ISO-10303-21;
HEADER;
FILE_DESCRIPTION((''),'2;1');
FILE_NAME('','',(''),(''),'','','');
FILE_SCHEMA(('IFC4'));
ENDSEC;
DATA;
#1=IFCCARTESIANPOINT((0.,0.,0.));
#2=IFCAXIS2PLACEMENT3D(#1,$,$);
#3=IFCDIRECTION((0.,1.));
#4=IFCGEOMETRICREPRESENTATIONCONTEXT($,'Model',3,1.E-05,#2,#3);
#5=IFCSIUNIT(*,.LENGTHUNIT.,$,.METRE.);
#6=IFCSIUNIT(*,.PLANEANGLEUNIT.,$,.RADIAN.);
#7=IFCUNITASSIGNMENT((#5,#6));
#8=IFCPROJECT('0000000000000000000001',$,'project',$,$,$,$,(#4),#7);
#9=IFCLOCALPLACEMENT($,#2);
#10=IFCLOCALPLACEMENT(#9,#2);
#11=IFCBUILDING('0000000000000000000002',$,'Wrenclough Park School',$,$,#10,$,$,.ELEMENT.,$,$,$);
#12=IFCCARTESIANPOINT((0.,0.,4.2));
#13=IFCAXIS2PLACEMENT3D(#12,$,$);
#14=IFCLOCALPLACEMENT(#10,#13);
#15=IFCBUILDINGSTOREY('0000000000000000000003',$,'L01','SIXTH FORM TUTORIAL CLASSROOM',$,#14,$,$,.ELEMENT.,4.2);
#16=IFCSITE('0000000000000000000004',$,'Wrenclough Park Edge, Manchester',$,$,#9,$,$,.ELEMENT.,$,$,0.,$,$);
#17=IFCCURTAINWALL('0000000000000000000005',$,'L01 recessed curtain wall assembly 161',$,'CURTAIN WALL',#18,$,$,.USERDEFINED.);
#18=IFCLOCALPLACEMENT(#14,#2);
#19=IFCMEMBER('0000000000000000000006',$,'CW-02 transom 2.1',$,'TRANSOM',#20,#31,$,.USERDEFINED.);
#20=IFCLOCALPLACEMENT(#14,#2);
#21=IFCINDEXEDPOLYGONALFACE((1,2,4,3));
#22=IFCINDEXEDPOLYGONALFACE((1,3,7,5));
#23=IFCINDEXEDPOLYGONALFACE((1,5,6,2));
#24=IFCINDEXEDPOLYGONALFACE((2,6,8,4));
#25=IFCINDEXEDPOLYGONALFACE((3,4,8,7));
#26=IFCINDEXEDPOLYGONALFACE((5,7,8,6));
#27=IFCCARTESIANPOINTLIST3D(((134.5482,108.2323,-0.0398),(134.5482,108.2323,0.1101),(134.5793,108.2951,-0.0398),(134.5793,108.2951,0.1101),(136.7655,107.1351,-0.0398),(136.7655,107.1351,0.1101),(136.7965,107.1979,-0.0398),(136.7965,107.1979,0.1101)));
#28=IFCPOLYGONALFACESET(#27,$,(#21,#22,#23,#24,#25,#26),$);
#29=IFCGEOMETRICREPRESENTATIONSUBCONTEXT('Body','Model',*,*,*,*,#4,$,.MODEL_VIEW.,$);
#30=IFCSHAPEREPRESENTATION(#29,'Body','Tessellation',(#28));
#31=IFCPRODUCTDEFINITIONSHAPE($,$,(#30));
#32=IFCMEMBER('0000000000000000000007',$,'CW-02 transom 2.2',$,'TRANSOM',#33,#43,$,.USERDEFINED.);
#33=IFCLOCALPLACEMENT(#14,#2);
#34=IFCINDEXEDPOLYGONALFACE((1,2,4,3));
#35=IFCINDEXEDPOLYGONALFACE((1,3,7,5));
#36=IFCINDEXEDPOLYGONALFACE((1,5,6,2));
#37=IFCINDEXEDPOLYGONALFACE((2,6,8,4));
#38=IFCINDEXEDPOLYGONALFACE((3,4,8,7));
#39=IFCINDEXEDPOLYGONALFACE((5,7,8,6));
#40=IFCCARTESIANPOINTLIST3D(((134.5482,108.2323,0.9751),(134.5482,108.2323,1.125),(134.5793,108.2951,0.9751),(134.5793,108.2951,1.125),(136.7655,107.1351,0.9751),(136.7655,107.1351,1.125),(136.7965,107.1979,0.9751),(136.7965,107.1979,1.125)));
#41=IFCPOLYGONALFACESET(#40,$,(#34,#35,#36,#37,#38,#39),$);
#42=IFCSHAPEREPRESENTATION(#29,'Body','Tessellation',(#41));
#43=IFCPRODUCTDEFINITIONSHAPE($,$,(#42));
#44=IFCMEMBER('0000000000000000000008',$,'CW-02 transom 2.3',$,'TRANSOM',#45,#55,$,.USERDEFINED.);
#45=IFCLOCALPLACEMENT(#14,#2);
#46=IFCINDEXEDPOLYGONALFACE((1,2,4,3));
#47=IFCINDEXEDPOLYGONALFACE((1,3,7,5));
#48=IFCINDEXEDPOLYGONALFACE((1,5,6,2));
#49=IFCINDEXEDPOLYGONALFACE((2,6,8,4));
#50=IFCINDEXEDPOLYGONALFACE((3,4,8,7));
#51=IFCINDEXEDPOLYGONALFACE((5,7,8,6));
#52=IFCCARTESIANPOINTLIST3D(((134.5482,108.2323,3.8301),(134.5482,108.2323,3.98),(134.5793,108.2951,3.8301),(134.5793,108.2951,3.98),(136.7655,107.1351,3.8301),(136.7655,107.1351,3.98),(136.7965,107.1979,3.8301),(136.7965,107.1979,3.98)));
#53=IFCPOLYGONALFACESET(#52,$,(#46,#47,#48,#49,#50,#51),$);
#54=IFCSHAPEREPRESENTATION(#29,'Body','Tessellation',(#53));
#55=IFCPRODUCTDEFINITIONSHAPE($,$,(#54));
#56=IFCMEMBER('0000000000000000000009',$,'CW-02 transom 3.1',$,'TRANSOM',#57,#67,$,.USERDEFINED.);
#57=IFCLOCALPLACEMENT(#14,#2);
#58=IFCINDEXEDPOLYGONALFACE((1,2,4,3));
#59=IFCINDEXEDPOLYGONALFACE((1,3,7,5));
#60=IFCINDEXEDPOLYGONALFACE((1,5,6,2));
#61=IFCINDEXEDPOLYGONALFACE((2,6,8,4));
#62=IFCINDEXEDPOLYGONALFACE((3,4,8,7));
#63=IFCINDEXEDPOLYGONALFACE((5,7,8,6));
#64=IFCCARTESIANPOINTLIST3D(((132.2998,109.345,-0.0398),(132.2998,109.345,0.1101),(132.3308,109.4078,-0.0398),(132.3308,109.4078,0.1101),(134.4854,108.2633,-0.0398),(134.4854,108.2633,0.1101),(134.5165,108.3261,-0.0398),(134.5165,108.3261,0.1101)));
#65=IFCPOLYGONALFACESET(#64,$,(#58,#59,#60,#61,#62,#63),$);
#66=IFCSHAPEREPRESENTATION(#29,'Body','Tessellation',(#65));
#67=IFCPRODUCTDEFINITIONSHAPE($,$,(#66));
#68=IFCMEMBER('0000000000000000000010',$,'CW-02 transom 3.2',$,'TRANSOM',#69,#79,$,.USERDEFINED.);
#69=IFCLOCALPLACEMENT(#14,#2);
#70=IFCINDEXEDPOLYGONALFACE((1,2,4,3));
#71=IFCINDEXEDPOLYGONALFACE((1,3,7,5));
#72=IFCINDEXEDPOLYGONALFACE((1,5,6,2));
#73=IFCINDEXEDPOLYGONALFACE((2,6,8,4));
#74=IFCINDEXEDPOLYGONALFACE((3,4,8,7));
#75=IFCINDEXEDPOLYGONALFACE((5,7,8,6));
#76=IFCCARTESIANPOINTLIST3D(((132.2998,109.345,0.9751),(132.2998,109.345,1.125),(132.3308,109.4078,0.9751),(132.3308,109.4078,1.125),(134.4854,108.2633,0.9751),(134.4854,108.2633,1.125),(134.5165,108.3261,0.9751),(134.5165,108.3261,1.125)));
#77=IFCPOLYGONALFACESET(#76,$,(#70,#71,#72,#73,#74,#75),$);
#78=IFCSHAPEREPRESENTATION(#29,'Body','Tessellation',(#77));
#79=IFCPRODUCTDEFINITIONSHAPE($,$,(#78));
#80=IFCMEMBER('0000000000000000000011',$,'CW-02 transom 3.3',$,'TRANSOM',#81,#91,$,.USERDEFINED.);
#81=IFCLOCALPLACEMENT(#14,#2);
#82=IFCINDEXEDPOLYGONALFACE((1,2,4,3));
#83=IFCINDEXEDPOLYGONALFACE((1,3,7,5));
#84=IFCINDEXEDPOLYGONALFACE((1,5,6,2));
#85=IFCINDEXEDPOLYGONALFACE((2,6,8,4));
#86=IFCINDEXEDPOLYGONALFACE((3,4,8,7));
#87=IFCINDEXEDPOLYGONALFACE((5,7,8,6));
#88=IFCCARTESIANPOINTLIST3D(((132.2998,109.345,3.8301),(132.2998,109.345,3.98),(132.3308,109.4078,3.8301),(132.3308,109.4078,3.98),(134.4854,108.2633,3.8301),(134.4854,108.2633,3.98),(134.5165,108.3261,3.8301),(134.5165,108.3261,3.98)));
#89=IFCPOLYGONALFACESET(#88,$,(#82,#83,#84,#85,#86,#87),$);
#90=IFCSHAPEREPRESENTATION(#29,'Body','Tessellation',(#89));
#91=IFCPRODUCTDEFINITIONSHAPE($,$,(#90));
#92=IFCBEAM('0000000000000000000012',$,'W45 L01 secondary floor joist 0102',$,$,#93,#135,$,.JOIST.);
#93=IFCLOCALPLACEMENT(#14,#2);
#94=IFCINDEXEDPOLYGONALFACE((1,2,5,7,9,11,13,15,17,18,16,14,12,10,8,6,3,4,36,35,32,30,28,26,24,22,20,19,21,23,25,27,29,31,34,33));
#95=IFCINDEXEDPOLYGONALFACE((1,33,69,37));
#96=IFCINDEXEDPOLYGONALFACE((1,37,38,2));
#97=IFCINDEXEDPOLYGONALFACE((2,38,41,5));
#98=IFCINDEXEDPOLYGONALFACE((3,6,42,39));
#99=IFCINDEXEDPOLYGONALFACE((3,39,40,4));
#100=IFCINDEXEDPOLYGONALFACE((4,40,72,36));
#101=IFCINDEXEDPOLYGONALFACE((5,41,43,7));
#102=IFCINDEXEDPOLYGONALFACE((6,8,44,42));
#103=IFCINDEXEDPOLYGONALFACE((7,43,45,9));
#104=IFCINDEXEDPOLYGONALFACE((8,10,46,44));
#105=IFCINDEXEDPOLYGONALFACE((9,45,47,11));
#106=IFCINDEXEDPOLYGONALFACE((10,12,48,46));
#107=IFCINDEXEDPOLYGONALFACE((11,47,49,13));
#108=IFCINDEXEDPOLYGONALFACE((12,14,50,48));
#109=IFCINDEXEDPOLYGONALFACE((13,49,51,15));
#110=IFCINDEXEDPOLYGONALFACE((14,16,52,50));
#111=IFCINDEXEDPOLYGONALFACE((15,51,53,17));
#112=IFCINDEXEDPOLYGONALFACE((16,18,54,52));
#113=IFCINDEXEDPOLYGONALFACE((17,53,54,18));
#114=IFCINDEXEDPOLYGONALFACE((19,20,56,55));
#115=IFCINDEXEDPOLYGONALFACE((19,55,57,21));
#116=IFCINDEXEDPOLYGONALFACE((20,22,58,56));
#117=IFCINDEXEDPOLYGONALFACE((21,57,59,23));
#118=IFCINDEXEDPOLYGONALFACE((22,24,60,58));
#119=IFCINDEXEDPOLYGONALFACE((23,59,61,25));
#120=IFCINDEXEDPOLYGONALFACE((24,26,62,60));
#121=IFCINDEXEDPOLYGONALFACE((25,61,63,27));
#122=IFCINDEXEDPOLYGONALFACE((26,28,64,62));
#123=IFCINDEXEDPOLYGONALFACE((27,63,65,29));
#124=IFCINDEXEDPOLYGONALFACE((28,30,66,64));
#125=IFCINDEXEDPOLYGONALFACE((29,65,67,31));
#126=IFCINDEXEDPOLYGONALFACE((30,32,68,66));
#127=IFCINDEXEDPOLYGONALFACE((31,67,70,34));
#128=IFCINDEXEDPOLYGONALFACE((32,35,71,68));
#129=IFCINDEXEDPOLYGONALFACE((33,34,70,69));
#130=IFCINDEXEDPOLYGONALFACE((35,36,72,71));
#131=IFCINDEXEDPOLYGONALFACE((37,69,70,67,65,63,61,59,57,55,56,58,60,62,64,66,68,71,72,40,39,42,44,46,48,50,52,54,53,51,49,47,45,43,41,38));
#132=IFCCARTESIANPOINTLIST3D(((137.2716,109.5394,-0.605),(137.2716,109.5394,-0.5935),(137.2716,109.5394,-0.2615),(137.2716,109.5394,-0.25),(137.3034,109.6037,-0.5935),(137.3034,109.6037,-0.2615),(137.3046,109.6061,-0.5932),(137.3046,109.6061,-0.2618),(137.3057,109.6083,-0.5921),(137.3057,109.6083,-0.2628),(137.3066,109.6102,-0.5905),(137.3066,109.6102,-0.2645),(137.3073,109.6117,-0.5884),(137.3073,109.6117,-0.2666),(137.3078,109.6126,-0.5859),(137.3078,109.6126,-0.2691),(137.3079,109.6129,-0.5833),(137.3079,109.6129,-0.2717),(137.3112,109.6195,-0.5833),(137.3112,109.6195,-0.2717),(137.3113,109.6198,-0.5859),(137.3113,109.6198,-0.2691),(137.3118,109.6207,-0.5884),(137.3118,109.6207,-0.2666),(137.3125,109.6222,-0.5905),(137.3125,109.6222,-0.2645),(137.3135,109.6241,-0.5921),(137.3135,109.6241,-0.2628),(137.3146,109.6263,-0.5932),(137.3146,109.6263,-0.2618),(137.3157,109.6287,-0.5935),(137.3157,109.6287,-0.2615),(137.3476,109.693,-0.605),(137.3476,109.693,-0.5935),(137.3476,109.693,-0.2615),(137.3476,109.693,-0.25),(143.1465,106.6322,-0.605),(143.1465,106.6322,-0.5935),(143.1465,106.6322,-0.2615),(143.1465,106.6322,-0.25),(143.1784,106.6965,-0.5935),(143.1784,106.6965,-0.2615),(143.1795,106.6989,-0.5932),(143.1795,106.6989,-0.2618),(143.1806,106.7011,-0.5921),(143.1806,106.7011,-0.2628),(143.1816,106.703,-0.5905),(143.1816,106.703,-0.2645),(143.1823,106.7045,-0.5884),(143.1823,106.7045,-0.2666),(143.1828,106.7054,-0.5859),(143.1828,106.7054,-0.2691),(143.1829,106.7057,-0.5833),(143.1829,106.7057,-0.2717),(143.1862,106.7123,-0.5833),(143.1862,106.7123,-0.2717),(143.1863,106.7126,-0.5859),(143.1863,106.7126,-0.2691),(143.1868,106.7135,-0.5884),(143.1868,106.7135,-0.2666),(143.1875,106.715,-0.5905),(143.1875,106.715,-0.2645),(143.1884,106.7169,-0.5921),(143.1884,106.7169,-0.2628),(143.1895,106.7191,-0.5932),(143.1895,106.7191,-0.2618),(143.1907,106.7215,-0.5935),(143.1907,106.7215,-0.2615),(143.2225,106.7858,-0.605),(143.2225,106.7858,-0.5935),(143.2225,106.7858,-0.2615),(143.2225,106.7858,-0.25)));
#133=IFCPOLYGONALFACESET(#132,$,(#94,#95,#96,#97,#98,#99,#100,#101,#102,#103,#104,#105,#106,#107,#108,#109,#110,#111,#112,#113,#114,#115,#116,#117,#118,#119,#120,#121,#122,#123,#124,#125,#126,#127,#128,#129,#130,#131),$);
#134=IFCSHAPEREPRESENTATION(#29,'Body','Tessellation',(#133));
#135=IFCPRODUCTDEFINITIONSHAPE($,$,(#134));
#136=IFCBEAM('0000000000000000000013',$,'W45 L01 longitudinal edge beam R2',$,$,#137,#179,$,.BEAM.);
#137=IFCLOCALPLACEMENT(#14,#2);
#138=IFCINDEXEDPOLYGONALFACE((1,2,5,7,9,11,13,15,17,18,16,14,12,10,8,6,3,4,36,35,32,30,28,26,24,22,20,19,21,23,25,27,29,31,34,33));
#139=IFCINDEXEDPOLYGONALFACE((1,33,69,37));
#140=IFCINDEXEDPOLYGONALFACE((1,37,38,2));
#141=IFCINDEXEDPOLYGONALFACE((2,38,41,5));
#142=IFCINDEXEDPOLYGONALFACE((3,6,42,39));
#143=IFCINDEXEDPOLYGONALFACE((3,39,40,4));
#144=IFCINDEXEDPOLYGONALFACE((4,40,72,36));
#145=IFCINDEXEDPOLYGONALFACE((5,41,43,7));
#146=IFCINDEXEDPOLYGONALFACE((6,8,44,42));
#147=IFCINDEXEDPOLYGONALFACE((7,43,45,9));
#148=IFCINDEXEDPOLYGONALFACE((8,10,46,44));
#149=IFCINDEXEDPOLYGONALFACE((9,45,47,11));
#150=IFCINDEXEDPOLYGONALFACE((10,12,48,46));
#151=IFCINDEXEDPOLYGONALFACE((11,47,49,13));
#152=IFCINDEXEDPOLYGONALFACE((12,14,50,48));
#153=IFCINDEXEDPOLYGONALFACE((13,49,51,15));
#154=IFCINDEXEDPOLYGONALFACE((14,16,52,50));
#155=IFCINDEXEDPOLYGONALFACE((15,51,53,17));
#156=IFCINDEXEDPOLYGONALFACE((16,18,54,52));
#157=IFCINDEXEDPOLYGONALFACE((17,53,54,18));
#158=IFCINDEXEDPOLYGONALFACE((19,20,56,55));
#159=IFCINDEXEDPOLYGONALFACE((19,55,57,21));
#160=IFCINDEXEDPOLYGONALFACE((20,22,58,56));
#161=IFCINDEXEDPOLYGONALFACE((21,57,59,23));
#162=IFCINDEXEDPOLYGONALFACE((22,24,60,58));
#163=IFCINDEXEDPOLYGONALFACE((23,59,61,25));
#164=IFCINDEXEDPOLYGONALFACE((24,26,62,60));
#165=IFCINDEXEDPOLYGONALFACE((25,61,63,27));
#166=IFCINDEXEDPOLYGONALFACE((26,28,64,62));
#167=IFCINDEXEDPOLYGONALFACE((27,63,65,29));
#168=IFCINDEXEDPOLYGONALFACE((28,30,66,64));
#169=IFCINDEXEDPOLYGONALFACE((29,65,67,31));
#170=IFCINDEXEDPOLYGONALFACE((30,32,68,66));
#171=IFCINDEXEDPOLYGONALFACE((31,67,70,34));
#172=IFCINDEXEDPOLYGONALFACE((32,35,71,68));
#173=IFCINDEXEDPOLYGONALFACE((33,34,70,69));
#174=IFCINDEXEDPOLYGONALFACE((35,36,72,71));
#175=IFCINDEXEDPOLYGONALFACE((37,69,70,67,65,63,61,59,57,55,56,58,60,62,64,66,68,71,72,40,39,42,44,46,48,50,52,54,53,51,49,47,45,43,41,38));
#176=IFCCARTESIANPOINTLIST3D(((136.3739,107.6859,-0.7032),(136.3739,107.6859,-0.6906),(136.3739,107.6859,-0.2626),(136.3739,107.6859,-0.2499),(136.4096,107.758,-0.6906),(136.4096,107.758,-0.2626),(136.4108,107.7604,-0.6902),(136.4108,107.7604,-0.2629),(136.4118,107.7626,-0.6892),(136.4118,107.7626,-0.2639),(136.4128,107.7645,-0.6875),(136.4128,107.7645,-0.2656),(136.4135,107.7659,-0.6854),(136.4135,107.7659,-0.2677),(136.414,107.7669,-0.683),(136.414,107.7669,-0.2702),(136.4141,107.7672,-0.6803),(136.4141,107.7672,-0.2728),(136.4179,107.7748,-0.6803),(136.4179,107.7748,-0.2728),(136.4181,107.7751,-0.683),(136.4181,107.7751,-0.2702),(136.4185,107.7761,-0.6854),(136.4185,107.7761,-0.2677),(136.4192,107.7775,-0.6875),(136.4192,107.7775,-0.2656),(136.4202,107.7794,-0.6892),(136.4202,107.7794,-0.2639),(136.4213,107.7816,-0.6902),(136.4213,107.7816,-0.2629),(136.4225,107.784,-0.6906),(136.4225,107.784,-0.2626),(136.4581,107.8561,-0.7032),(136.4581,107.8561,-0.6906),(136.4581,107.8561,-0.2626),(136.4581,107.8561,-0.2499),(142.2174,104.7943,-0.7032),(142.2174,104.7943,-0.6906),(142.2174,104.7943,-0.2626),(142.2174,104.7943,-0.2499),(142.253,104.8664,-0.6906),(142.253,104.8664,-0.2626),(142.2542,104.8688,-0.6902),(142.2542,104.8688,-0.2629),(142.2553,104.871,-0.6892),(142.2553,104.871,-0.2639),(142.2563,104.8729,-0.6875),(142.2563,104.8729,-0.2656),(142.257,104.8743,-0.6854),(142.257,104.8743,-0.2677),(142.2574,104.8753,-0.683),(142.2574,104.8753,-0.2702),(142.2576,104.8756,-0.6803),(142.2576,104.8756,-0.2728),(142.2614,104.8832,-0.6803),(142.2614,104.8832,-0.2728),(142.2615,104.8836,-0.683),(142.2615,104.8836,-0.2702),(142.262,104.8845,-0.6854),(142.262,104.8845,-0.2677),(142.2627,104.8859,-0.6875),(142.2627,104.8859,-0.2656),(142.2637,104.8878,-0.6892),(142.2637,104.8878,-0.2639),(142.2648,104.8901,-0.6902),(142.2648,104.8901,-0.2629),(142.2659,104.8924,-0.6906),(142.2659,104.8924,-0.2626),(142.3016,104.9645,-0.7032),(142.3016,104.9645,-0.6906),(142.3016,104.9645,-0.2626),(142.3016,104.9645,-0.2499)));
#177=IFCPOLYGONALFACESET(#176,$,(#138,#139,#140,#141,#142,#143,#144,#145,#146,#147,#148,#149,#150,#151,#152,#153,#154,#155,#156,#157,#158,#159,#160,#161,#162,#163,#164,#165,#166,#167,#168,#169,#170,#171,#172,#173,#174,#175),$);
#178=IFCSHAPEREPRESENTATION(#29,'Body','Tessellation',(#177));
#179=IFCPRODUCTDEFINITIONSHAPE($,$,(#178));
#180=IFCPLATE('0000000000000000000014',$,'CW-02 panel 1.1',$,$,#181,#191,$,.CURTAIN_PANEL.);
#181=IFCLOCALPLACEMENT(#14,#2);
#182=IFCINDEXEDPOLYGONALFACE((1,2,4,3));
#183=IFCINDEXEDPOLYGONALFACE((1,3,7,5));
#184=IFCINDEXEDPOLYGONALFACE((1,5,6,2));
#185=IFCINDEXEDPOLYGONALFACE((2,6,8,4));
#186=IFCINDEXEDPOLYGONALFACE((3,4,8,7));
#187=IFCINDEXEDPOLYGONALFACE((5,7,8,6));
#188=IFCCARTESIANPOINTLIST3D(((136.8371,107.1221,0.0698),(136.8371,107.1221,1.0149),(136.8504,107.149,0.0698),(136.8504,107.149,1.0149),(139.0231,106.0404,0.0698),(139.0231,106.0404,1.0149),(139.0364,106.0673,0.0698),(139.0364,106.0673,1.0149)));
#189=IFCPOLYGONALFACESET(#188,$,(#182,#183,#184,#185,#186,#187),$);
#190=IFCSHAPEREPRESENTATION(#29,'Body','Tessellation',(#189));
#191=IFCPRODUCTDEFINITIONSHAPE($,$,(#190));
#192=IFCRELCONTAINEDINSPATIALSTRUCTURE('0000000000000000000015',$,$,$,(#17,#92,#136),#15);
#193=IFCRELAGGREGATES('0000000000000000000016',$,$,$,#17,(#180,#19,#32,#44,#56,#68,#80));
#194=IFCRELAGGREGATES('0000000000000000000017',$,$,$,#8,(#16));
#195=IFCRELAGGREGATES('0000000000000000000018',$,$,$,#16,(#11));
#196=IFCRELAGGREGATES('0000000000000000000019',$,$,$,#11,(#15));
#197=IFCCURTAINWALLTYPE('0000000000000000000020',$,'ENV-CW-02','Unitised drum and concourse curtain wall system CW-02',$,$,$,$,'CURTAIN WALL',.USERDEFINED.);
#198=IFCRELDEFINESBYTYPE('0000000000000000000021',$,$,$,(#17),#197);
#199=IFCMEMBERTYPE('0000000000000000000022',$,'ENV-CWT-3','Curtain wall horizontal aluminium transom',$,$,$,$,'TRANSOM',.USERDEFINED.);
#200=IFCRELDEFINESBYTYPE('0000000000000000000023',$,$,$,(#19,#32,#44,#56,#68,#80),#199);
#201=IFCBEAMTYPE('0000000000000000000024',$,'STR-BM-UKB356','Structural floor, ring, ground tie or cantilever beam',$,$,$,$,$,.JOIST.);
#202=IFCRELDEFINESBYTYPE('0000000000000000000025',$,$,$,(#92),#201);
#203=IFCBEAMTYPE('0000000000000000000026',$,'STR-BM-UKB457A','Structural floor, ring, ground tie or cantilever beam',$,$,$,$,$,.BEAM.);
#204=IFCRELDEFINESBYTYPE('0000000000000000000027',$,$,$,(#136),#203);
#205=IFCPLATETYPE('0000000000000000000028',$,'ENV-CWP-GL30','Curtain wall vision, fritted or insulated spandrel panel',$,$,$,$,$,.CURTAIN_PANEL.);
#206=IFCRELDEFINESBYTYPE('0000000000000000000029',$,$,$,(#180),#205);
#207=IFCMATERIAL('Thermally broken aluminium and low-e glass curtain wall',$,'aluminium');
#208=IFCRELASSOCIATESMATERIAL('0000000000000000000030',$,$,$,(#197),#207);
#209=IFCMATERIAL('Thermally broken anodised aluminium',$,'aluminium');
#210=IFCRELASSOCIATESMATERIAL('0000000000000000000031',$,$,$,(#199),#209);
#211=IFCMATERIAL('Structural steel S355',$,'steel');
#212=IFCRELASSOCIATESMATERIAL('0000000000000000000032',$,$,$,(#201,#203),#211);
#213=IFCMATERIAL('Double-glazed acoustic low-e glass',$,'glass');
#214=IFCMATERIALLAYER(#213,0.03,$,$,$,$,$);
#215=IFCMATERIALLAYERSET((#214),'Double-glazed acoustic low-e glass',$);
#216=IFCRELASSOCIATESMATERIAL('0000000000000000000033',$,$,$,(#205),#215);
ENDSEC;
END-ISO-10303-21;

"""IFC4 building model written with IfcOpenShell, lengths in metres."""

from ifc_helpers import new_model, si_unit, direction, frame, origin, origin_2d, place, context, subcontext, project, spatial, rectangle, i_section, extrude, material, layer, layer_set, material_profile, profile_set, type_object, element, aggregate, save


model = new_model("IFC4")

# Units and contexts
model_context = context("Model", 3, precision=1e-05, world=origin(), true_north=direction((0.0, 1.0)))
body_context = subcontext(model_context, "Body", "Model", "MODEL_VIEW")
ifc_project = project(units=[si_unit("LENGTHUNIT", "METRE"), si_unit("PLANEANGLEUNIT", "RADIAN")], contexts=[model_context])

# Site, building, storey
site_placement = place(None, origin())
site = spatial("IfcSite", under=ifc_project, at=site_placement, Name="Wrenclough Park Edge, Manchester", CompositionType="ELEMENT", RefElevation=0.0)
building_placement = place(site_placement, origin())
building = spatial("IfcBuilding", under=site, at=building_placement, Name="Wrenclough Park School", CompositionType="ELEMENT")
storey_placement = place(building_placement, frame((0.0, 0.0, 4.2)))
storey = spatial("IfcBuildingStorey", under=building, at=storey_placement, Name="L01", Description="SIXTH FORM TUTORIAL CLASSROOM", CompositionType="ELEMENT", Elevation=4.2)

# Shared definitions
ifc_material_1 = material(Name="Structural steel S355", Category="steel")

# Curtain wall
ifc_material_2 = material(Name="Thermally broken aluminium and low-e glass curtain wall", Category="aluminium")
ifc_material_3 = material(Name="Thermally broken anodised aluminium", Category="aluminium")
curtain_wall_type_1 = type_object("IfcCurtainWallType", Name="ENV-CW-02", Description="Unitised drum and concourse curtain wall system CW-02", ElementType="CURTAIN WALL", PredefinedType="USERDEFINED", material=ifc_material_2)
curtain_wall_1_placement = place(storey_placement, origin())
curtain_wall_1 = element("IfcCurtainWall", 1, at=curtain_wall_1_placement, inside=storey, type_object=curtain_wall_type_1, Name="L01 recessed curtain wall assembly 161", ObjectType="CURTAIN WALL", PredefinedType="USERDEFINED")

# Members
ifc_material_profile_1 = material_profile(ifc_material_3, rectangle(XDim=0.0701, YDim=0.1499, at=origin_2d()), Name="AL TRANSOM 70x150")
ifc_profile_set_1 = profile_set([ifc_material_profile_1], Name="Thermally broken anodised aluminium")
member_type_1 = type_object("IfcMemberType", Name="ENV-CWT-3", Description="Curtain wall horizontal aluminium transom", ElementType="TRANSOM", PredefinedType="USERDEFINED", material=ifc_profile_set_1)
member_1_placement = place(storey_placement, frame((136.781, 107.1665, 0.0352), z_axis=(-0.896275, 0.443499, 0.0), x_axis=(-0.443499, -0.896275, 0.0)))
member_1 = element("IfcMember", 2, at=member_1_placement, type_object=member_type_1, Name="CW-02 transom 2.1", ObjectType="TRANSOM", PredefinedType="USERDEFINED", context=body_context, shape_type="SweptSolid", body=[
    extrude(rectangle(XDim=0.0701, YDim=0.1499, at=origin_2d()), origin(), (0.0, 0.0, 1.0), 2.4739),
])
member_2_placement = place(storey_placement, frame((136.781, 107.1665, 1.05), z_axis=(-0.896275, 0.443499, 0.0), x_axis=(-0.443499, -0.896275, 0.0)))
member_2 = element("IfcMember", 3, at=member_2_placement, type_object=member_type_1, Name="CW-02 transom 2.2", ObjectType="TRANSOM", PredefinedType="USERDEFINED", context=body_context, shape_type="SweptSolid", body=[
    extrude(rectangle(XDim=0.0701, YDim=0.1499, at=origin_2d()), origin(), (0.0, 0.0, 1.0), 2.4739),
])
member_3_placement = place(storey_placement, frame((136.781, 107.1665, 3.905), z_axis=(-0.896275, 0.443499, 0.0), x_axis=(-0.443499, -0.896275, 0.0)))
member_3 = element("IfcMember", 4, at=member_3_placement, type_object=member_type_1, Name="CW-02 transom 2.3", ObjectType="TRANSOM", PredefinedType="USERDEFINED", context=body_context, shape_type="SweptSolid", body=[
    extrude(rectangle(XDim=0.0701, YDim=0.1499, at=origin_2d()), origin(), (0.0, 0.0, 1.0), 2.4739),
])
member_4_placement = place(storey_placement, frame((134.501, 108.2947, 0.0352), z_axis=(-0.896242, 0.443566, 0.0), x_axis=(-0.443566, -0.896242, 0.0)))
member_4 = element("IfcMember", 5, at=member_4_placement, type_object=member_type_1, Name="CW-02 transom 3.1", ObjectType="TRANSOM", PredefinedType="USERDEFINED", context=body_context, shape_type="SweptSolid", body=[
    extrude(rectangle(XDim=0.0701, YDim=0.1499, at=origin_2d()), origin(), (0.0, 0.0, 1.0), 2.4387),
])
member_5_placement = place(storey_placement, frame((134.501, 108.2947, 1.05), z_axis=(-0.896242, 0.443566, 0.0), x_axis=(-0.443566, -0.896242, 0.0)))
member_5 = element("IfcMember", 6, at=member_5_placement, type_object=member_type_1, Name="CW-02 transom 3.2", ObjectType="TRANSOM", PredefinedType="USERDEFINED", context=body_context, shape_type="SweptSolid", body=[
    extrude(rectangle(XDim=0.0701, YDim=0.1499, at=origin_2d()), origin(), (0.0, 0.0, 1.0), 2.4387),
])
member_6_placement = place(storey_placement, frame((134.501, 108.2947, 3.905), z_axis=(-0.896242, 0.443566, 0.0), x_axis=(-0.443566, -0.896242, 0.0)))
member_6 = element("IfcMember", 7, at=member_6_placement, type_object=member_type_1, Name="CW-02 transom 3.3", ObjectType="TRANSOM", PredefinedType="USERDEFINED", context=body_context, shape_type="SweptSolid", body=[
    extrude(rectangle(XDim=0.0701, YDim=0.1499, at=origin_2d()), origin(), (0.0, 0.0, 1.0), 2.4387),
])

# Beams
ifc_material_profile_2 = material_profile(ifc_material_1, i_section(OverallWidth=0.1714, OverallDepth=0.355, WebThickness=0.0073, FlangeThickness=0.0115, FilletRadius=0.0103, at=origin_2d()), Name="UKB 356x171x51")
ifc_profile_set_2 = profile_set([ifc_material_profile_2], Name="Structural steel S355")
beam_type_1 = type_object("IfcBeamType", Name="STR-BM-UKB356", Description="Structural floor, ring, ground tie or cantilever beam", PredefinedType="JOIST", material=ifc_profile_set_2)
beam_1_placement = place(storey_placement, frame((137.3096, 109.6162, -0.4275), z_axis=(0.896267, -0.443515, 0.0), x_axis=(0.443515, 0.896267, 0.0)))
element("IfcBeam", 8, at=beam_1_placement, inside=storey, type_object=beam_type_1, Name="W45 L01 secondary floor joist 0102", PredefinedType="JOIST", context=body_context, shape_type="SweptSolid", body=[
    extrude(i_section(OverallWidth=0.1714, OverallDepth=0.355, WebThickness=0.0073, FlangeThickness=0.0115, FilletRadius=0.0103, at=origin_2d()), origin(), (0.0, 0.0, 1.0), 6.5549),
])
ifc_material_profile_3 = material_profile(ifc_material_1, i_section(OverallWidth=0.1899, OverallDepth=0.4534, WebThickness=0.0085, FlangeThickness=0.0127, FilletRadius=0.0103, at=origin_2d()), Name="UKB 457x191x67")
ifc_profile_set_3 = profile_set([ifc_material_profile_3], Name="Structural steel S355")
beam_type_2 = type_object("IfcBeamType", Name="STR-BM-UKB457A", Description="Structural floor, ring, ground tie or cantilever beam", PredefinedType="BEAM", material=ifc_profile_set_3)
beam_2_placement = place(storey_placement, frame((136.416, 107.771, -0.4766), z_axis=(0.896269, -0.44351, 0.0), x_axis=(0.44351, 0.896269, 0.0)))
element("IfcBeam", 9, at=beam_2_placement, inside=storey, type_object=beam_type_2, Name="W45 L01 longitudinal edge beam R2", PredefinedType="BEAM", context=body_context, shape_type="SweptSolid", body=[
    extrude(i_section(OverallWidth=0.1899, OverallDepth=0.4534, WebThickness=0.0085, FlangeThickness=0.0127, FilletRadius=0.0103, at=origin_2d()), origin(), (0.0, 0.0, 1.0), 6.5198),
])

# Plate
ifc_material_4 = material(Name="Double-glazed acoustic low-e glass", Category="glass")
ifc_layer_1 = layer(ifc_material_4, 0.03)
ifc_layer_set_1 = layer_set([ifc_layer_1], Name="Double-glazed acoustic low-e glass")
plate_type_1 = type_object("IfcPlateType", Name="ENV-CWP-GL30", Description="Curtain wall vision, fritted or insulated spandrel panel", PredefinedType="CURTAIN_PANEL", material=ifc_layer_set_1)
plate_1_placement = place(storey_placement, frame((137.9368, 106.5947, 0.0698), z_axis=(0.0, 0.0, 1.0), x_axis=(-0.896272, 0.443504, 0.0)))
plate_1 = element("IfcPlate", 10, at=plate_1_placement, type_object=plate_type_1, Name="CW-02 panel 1.1", PredefinedType="CURTAIN_PANEL", context=body_context, shape_type="SweptSolid", body=[
    extrude(rectangle(XDim=2.439, YDim=0.03, at=origin_2d()), origin(), (0.0, 0.0, 1.0), 0.9451),
])
aggregate(curtain_wall_1, [plate_1, member_1, member_2, member_3, member_4, member_5, member_6])

save(model, "model.ifc")
